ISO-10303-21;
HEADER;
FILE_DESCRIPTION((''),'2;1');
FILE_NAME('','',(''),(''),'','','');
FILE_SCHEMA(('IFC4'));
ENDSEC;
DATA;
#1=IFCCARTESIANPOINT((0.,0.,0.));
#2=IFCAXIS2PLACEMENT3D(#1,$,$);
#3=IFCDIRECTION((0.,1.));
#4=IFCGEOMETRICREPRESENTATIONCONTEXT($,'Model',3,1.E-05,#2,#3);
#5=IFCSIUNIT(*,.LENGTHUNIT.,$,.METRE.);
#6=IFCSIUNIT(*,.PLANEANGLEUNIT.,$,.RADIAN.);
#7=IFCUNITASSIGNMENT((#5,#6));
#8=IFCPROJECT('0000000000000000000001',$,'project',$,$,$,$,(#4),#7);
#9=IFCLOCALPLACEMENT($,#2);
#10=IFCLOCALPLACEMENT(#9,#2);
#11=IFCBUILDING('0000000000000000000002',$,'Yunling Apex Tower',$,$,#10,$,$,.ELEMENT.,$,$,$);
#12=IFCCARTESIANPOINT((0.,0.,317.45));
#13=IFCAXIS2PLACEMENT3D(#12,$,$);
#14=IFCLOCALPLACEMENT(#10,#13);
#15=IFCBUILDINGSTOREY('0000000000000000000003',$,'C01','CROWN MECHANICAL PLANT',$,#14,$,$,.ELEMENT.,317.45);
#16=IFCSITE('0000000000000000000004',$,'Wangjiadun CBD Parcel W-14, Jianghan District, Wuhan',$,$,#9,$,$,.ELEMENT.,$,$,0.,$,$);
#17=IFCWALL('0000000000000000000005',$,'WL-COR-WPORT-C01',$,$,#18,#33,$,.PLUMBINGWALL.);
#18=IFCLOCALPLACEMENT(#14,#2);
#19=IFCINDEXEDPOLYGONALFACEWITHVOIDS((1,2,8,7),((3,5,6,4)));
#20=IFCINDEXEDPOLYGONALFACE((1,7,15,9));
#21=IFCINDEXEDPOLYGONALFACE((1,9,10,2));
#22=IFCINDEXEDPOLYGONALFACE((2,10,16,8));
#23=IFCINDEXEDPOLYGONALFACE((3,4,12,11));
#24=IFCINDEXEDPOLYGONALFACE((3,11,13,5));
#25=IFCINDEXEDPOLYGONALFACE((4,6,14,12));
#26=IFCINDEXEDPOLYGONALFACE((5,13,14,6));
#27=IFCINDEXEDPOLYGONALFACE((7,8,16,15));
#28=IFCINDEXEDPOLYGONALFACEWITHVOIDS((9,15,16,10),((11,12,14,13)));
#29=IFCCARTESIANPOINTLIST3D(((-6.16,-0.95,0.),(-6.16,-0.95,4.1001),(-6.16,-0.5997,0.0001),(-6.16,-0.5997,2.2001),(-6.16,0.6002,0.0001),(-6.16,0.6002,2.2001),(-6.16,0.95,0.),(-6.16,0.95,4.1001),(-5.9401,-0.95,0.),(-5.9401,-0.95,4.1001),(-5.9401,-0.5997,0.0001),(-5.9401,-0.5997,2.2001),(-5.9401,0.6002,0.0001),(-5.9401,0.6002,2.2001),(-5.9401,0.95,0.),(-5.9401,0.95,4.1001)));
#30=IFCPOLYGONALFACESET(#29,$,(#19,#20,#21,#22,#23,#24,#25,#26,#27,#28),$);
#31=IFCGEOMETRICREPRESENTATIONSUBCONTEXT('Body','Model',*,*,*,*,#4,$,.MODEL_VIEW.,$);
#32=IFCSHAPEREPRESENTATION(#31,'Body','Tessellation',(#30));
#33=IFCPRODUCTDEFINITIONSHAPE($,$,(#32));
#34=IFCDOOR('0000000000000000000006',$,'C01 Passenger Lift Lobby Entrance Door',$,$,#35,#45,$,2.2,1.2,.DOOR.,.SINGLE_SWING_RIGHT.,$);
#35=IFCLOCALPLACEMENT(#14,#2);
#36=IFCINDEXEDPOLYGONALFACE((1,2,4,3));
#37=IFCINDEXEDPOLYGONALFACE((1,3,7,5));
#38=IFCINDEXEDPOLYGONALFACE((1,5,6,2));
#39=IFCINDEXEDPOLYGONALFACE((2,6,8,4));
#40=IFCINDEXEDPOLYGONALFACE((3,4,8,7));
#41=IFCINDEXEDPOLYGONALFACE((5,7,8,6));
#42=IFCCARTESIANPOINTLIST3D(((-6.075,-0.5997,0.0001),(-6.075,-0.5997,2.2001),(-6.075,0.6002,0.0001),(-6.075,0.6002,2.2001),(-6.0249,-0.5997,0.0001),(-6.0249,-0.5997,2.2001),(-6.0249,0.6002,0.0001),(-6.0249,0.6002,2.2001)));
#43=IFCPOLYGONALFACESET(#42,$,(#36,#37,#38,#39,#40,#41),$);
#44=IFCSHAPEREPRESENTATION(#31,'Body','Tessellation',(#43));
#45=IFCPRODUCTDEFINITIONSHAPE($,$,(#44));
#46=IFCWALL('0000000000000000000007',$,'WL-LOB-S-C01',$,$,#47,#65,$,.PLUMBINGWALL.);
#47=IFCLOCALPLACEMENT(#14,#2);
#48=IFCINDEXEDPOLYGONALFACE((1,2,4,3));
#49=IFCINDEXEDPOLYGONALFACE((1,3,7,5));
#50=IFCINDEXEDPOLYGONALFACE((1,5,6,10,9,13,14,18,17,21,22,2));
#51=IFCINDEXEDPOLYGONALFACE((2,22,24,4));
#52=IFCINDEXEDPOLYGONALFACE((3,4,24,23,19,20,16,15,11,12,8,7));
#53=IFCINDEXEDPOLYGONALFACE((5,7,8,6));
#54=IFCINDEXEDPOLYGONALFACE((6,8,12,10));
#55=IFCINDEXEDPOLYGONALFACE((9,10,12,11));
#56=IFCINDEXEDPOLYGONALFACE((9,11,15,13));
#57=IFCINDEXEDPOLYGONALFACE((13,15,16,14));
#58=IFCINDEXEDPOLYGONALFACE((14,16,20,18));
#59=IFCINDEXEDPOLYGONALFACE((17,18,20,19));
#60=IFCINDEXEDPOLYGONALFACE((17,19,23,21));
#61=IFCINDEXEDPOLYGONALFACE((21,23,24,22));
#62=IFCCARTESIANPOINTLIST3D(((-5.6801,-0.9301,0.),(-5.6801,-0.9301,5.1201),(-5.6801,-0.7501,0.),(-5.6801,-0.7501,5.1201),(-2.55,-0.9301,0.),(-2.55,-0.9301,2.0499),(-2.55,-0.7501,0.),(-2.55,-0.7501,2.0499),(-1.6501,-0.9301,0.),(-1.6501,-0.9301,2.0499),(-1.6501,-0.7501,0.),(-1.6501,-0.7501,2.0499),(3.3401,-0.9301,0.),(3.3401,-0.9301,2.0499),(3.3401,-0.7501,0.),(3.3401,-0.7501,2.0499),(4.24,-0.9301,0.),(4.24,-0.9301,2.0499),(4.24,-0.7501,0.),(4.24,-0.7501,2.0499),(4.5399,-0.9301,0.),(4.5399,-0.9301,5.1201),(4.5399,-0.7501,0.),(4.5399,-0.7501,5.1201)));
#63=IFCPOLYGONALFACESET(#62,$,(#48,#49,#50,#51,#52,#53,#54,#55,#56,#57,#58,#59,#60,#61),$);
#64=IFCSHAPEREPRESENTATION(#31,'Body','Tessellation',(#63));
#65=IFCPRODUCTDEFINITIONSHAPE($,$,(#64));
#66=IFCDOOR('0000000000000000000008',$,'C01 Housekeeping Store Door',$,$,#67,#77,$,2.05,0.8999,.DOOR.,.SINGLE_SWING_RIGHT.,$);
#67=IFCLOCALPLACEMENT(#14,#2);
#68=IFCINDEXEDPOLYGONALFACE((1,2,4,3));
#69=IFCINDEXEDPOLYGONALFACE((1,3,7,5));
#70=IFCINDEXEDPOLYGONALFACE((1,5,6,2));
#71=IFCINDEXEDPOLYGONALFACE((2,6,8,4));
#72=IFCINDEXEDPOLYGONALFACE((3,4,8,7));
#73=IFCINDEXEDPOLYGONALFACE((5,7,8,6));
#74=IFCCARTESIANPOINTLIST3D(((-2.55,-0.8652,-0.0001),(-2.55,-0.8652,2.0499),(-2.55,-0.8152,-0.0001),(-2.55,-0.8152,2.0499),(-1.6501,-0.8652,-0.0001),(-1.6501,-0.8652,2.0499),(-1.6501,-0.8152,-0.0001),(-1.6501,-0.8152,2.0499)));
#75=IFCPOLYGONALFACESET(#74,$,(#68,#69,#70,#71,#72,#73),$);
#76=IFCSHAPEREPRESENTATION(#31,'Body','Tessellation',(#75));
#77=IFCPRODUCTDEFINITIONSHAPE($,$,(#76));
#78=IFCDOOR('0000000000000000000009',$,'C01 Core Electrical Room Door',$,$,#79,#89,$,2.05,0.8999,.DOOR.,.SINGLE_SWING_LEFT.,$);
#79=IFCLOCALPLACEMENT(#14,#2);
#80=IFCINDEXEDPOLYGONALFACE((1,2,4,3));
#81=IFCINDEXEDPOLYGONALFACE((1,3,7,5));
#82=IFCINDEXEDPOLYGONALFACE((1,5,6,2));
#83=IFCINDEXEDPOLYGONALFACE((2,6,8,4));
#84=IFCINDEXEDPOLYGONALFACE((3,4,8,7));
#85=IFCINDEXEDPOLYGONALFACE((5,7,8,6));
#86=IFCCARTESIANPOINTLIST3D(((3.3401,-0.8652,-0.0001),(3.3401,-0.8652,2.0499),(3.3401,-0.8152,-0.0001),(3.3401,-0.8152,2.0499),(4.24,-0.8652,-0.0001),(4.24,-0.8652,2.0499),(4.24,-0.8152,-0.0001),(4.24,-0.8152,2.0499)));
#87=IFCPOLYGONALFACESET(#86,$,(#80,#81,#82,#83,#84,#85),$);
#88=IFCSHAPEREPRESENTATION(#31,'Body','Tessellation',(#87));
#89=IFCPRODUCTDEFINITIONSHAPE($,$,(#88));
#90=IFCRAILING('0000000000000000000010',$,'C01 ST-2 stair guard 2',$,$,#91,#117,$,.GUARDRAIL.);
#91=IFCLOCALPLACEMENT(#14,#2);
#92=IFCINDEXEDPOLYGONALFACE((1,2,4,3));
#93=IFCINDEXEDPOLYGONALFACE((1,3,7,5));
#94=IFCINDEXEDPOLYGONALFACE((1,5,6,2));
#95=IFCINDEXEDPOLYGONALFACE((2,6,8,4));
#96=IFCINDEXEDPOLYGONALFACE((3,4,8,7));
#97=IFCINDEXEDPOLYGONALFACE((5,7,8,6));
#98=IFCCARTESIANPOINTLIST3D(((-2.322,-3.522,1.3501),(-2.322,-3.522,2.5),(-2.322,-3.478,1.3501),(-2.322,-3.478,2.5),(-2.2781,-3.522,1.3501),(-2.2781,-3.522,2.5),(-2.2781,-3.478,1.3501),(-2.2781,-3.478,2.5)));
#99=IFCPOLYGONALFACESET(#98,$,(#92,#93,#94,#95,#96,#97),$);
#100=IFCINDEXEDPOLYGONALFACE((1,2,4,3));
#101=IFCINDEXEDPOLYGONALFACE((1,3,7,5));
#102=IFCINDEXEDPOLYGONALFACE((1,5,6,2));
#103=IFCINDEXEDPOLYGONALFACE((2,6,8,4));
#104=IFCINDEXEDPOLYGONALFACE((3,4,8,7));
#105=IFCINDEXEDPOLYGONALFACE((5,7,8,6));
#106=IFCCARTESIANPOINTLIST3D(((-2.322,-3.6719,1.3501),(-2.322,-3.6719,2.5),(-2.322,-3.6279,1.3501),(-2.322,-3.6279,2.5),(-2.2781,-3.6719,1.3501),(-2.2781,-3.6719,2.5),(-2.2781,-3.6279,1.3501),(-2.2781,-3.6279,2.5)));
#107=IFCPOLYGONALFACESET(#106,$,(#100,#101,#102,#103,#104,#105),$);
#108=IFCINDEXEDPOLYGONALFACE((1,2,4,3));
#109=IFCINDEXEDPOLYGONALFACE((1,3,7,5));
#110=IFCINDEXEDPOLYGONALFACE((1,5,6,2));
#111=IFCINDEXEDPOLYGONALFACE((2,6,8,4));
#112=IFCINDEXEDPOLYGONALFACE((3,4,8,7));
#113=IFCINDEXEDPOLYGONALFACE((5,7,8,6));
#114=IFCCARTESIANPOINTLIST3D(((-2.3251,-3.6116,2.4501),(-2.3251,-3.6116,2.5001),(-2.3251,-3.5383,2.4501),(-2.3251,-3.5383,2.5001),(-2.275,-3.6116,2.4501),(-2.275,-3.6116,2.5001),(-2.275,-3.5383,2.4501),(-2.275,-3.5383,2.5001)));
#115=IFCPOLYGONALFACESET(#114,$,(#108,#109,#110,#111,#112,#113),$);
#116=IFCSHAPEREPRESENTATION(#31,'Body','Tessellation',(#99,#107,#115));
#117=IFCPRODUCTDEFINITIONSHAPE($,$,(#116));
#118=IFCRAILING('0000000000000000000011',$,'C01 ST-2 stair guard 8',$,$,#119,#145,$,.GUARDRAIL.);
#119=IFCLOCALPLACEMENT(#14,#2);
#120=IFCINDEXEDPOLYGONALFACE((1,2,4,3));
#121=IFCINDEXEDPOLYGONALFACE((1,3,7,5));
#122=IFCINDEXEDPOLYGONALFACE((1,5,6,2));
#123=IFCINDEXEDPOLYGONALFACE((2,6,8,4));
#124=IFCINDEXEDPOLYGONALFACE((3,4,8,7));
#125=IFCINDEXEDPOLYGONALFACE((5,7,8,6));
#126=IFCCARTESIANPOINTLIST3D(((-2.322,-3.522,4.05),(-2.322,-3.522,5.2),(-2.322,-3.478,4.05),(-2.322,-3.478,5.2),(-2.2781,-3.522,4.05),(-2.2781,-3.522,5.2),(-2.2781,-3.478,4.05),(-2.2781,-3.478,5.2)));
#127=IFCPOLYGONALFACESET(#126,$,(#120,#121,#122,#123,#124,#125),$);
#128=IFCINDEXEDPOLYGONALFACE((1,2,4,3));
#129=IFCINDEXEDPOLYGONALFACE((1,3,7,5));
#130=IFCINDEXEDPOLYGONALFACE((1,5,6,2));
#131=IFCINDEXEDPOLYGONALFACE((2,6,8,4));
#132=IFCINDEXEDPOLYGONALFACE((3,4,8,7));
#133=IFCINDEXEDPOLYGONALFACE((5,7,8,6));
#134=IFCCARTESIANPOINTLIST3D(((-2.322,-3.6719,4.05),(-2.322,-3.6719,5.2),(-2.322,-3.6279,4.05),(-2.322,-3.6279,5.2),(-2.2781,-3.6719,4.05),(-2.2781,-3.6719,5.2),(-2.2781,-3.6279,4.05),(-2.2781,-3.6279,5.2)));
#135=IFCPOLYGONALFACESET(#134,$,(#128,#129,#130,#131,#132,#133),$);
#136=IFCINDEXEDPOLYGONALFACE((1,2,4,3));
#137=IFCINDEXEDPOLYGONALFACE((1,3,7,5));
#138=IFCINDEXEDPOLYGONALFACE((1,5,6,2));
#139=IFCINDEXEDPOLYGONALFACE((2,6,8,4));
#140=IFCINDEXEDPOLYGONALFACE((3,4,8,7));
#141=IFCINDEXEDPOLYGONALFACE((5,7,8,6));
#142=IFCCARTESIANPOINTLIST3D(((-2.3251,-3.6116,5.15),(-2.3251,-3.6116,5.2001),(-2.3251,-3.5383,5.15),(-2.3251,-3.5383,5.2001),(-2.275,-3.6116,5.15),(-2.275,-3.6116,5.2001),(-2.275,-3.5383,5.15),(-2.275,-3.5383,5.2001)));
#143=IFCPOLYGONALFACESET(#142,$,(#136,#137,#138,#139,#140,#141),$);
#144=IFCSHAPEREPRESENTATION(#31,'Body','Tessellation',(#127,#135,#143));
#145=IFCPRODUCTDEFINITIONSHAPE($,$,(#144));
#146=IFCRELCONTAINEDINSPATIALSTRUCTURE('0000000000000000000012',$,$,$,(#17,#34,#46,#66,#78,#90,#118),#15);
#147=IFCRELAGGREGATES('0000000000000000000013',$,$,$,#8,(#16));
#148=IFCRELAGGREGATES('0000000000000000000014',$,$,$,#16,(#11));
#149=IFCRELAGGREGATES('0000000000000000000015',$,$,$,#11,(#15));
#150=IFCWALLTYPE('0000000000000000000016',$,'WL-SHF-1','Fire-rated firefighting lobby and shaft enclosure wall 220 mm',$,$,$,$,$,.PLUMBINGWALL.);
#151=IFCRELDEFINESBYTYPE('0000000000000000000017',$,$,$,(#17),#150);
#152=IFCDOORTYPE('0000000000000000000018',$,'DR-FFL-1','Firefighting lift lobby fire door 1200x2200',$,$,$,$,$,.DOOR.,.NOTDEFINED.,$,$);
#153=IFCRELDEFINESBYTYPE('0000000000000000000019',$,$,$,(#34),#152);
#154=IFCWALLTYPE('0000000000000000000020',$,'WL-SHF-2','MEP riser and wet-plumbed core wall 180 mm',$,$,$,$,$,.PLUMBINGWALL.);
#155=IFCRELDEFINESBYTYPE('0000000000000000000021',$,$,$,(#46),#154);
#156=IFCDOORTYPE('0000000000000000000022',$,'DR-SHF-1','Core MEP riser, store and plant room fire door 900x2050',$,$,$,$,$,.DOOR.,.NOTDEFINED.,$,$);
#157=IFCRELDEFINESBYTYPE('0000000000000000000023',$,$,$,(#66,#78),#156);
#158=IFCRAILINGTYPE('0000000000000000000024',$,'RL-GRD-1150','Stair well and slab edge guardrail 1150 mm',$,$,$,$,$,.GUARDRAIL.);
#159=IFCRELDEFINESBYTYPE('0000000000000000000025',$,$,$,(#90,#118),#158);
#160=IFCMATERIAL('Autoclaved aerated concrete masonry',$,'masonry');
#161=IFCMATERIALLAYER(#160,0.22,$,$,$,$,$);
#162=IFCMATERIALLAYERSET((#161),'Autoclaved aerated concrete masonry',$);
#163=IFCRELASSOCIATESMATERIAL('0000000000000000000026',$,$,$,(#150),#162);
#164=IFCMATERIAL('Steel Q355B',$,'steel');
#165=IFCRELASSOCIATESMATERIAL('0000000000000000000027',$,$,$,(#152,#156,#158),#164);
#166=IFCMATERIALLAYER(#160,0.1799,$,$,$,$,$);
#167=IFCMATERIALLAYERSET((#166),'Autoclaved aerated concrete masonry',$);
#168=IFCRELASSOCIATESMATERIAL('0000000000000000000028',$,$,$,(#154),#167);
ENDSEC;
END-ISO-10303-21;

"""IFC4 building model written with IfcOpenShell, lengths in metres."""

from ifc_helpers import new_model, si_unit, direction, frame, frame_2d, origin, origin_2d, place, context, subcontext, project, spatial, rectangle, extrude, material, layer, layer_set, type_object, element, fill, save


model = new_model("IFC4")

# Units and contexts
model_context = context("Model", 3, precision=1e-05, world=origin(), true_north=direction((0.0, 1.0)))
body_context = subcontext(model_context, "Body", "Model", "MODEL_VIEW")
ifc_project = project(units=[si_unit("LENGTHUNIT", "METRE"), si_unit("PLANEANGLEUNIT", "RADIAN")], contexts=[model_context])

# Site, building, storey
site_placement = place(None, origin())
site = spatial("IfcSite", under=ifc_project, at=site_placement, Name="Wangjiadun CBD Parcel W-14, Jianghan District, Wuhan", CompositionType="ELEMENT", RefElevation=0.0)
building_placement = place(site_placement, origin())
building = spatial("IfcBuilding", under=site, at=building_placement, Name="Yunling Apex Tower", CompositionType="ELEMENT")
storey_placement = place(building_placement, frame((0.0, 0.0, 317.45)))
storey = spatial("IfcBuildingStorey", under=building, at=storey_placement, Name="C01", Description="CROWN MECHANICAL PLANT", CompositionType="ELEMENT", Elevation=317.45)

# Shared definitions
ifc_material_1 = material(Name="Steel Q355B", Category="steel")

# Wall, opening, door
ifc_material_2 = material(Name="Autoclaved aerated concrete masonry", Category="masonry")
ifc_layer_1 = layer(ifc_material_2, 0.22)
ifc_layer_set_1 = layer_set([ifc_layer_1], Name="Autoclaved aerated concrete masonry")
wall_type_1 = type_object("IfcWallType", Name="WL-SHF-1", Description="Fire-rated firefighting lobby and shaft enclosure wall 220 mm", PredefinedType="PLUMBINGWALL", material=ifc_layer_set_1)
wall_1_placement = place(storey_placement, frame((-6.05, -0.95, 0.0), z_axis=(0.0, 0.0, 1.0), x_axis=(0.0, 1.0, 0.0)))
wall_1 = element("IfcWall", 1, at=wall_1_placement, inside=storey, type_object=wall_type_1, Name="WL-COR-WPORT-C01", PredefinedType="PLUMBINGWALL", context=body_context, shape_type="SweptSolid", body=[
    extrude(rectangle(XDim=1.8999, YDim=0.22, at=frame_2d((0.95, 0.0))), origin(), (0.0, 0.0, 1.0), 4.1001),
])
opening_1_placement = place(wall_1_placement, frame((0.3501, 0.0, 0.0)))
opening_1 = element("IfcOpeningElement", 2, at=opening_1_placement, cuts=wall_1, PredefinedType="OPENING", context=body_context, shape_type="SweptSolid", body=[
    extrude(rectangle(XDim=1.2, YDim=2.2, at=frame_2d((0.6001, 1.1001))), frame((0.0, 0.1201, 0.0), z_axis=(0.0, -1.0, 0.0), x_axis=(1.0, 0.0, 0.0)), (0.0, 0.0, 1.0), 0.24),
])
door_type_1 = type_object("IfcDoorType", Name="DR-FFL-1", Description="Firefighting lift lobby fire door 1200x2200", OperationType="NOTDEFINED", PredefinedType="DOOR", material=ifc_material_1)
door_1_placement = place(opening_1_placement, origin())
door_1 = element("IfcDoor", 3, at=door_1_placement, inside=storey, type_object=door_type_1, Name="C01 Passenger Lift Lobby Entrance Door", OperationType="SINGLE_SWING_RIGHT", OverallHeight=2.2, OverallWidth=1.2, PredefinedType="DOOR", context=body_context, shape_type="SweptSolid", body=[
    extrude(rectangle(XDim=1.2, YDim=2.2, at=frame_2d((0.6001, 1.1001))), frame((0.0, 0.0249, 0.0), z_axis=(0.0, -1.0, 0.0), x_axis=(1.0, 0.0, 0.0)), (0.0, 0.0, 1.0), 0.05),
])
fill(opening_1, door_1)

# Wall, openings, doors
ifc_layer_2 = layer(ifc_material_2, 0.1799)
ifc_layer_set_2 = layer_set([ifc_layer_2], Name="Autoclaved aerated concrete masonry")
wall_type_2 = type_object("IfcWallType", Name="WL-SHF-2", Description="MEP riser and wet-plumbed core wall 180 mm", PredefinedType="PLUMBINGWALL", material=ifc_layer_set_2)
wall_2_placement = place(storey_placement, frame((-5.6799, -0.8401, 0.0), z_axis=(0.0, 0.0, 1.0), x_axis=(1.0, 0.0, 0.0)))
wall_2 = element("IfcWall", 4, at=wall_2_placement, inside=storey, type_object=wall_type_2, Name="WL-LOB-S-C01", PredefinedType="PLUMBINGWALL", context=body_context, shape_type="SweptSolid", body=[
    extrude(rectangle(XDim=10.22, YDim=0.1799, at=frame_2d((5.1099, 0.0))), origin(), (0.0, 0.0, 1.0), 5.1201),
])
opening_2_placement = place(wall_2_placement, frame((3.1299, 0.0, 0.0)))
opening_2 = element("IfcOpeningElement", 5, at=opening_2_placement, cuts=wall_2, PredefinedType="OPENING", context=body_context, shape_type="SweptSolid", body=[
    extrude(rectangle(XDim=0.8999, YDim=2.05, at=frame_2d((0.45, 1.0249))), frame((0.0, 0.1001, 0.0), z_axis=(0.0, -1.0, 0.0), x_axis=(1.0, 0.0, 0.0)), (0.0, 0.0, 1.0), 0.2),
])
opening_3_placement = place(wall_2_placement, frame((9.02, 0.0, 0.0)))
opening_3 = element("IfcOpeningElement", 6, at=opening_3_placement, cuts=wall_2, PredefinedType="OPENING", context=body_context, shape_type="SweptSolid", body=[
    extrude(rectangle(XDim=0.8999, YDim=2.05, at=frame_2d((0.45, 1.0249))), frame((0.0, 0.1001, 0.0), z_axis=(0.0, -1.0, 0.0), x_axis=(1.0, 0.0, 0.0)), (0.0, 0.0, 1.0), 0.2),
])
door_type_2 = type_object("IfcDoorType", Name="DR-SHF-1", Description="Core MEP riser, store and plant room fire door 900x2050", OperationType="NOTDEFINED", PredefinedType="DOOR", material=ifc_material_1)
door_2_placement = place(opening_2_placement, origin())
door_2 = element("IfcDoor", 7, at=door_2_placement, inside=storey, type_object=door_type_2, Name="C01 Housekeeping Store Door", OperationType="SINGLE_SWING_RIGHT", OverallHeight=2.05, OverallWidth=0.8999, PredefinedType="DOOR", context=body_context, shape_type="SweptSolid", body=[
    extrude(rectangle(XDim=0.8999, YDim=2.05, at=frame_2d((0.45, 1.0249))), frame((0.0, 0.0249, 0.0), z_axis=(0.0, -1.0, 0.0), x_axis=(1.0, 0.0, 0.0)), (0.0, 0.0, 1.0), 0.05),
])
fill(opening_2, door_2)
door_3_placement = place(opening_3_placement, origin())
door_3 = element("IfcDoor", 8, at=door_3_placement, inside=storey, type_object=door_type_2, Name="C01 Core Electrical Room Door", OperationType="SINGLE_SWING_LEFT", OverallHeight=2.05, OverallWidth=0.8999, PredefinedType="DOOR", context=body_context, shape_type="SweptSolid", body=[
    extrude(rectangle(XDim=0.8999, YDim=2.05, at=frame_2d((0.45, 1.0249))), frame((0.0, 0.0249, 0.0), z_axis=(0.0, -1.0, 0.0), x_axis=(1.0, 0.0, 0.0)), (0.0, 0.0, 1.0), 0.05),
])
fill(opening_3, door_3)

# Railings
railing_type = type_object("IfcRailingType", Name="RL-GRD-1150", Description="Stair well and slab edge guardrail 1150 mm", PredefinedType="GUARDRAIL", material=ifc_material_1)
for number, where, name in (
    (9, (-2.3, -3.5, 1.3501), "C01 ST-2 stair guard 2"),
    (10, (-2.3, -3.5, 4.05), "C01 ST-2 stair guard 8"),
):
    element("IfcRailing", number, at=place(storey_placement, frame(where)), inside=storey, type_object=railing_type, Name=name, PredefinedType="GUARDRAIL", context=body_context, shape_type="SweptSolid", body=[
        extrude(rectangle(XDim=0.0439, YDim=0.0439, at=origin_2d()), origin(), (0.0, 0.0, 1.0), 1.1499),
        extrude(rectangle(XDim=0.0439, YDim=0.0439, at=origin_2d()), frame((0.0, -0.1499, 0.0)), (0.0, 0.0, 1.0), 1.1499),
        extrude(rectangle(XDim=0.05, YDim=0.05, at=origin_2d()), frame((0.0, -0.0383, 1.125), z_axis=(0.0, -1.0, 0.0), x_axis=(1.0, 0.0, 0.0)), (0.0, 0.0, 1.0), 0.0732),
    ])

save(model, "model.ifc")
